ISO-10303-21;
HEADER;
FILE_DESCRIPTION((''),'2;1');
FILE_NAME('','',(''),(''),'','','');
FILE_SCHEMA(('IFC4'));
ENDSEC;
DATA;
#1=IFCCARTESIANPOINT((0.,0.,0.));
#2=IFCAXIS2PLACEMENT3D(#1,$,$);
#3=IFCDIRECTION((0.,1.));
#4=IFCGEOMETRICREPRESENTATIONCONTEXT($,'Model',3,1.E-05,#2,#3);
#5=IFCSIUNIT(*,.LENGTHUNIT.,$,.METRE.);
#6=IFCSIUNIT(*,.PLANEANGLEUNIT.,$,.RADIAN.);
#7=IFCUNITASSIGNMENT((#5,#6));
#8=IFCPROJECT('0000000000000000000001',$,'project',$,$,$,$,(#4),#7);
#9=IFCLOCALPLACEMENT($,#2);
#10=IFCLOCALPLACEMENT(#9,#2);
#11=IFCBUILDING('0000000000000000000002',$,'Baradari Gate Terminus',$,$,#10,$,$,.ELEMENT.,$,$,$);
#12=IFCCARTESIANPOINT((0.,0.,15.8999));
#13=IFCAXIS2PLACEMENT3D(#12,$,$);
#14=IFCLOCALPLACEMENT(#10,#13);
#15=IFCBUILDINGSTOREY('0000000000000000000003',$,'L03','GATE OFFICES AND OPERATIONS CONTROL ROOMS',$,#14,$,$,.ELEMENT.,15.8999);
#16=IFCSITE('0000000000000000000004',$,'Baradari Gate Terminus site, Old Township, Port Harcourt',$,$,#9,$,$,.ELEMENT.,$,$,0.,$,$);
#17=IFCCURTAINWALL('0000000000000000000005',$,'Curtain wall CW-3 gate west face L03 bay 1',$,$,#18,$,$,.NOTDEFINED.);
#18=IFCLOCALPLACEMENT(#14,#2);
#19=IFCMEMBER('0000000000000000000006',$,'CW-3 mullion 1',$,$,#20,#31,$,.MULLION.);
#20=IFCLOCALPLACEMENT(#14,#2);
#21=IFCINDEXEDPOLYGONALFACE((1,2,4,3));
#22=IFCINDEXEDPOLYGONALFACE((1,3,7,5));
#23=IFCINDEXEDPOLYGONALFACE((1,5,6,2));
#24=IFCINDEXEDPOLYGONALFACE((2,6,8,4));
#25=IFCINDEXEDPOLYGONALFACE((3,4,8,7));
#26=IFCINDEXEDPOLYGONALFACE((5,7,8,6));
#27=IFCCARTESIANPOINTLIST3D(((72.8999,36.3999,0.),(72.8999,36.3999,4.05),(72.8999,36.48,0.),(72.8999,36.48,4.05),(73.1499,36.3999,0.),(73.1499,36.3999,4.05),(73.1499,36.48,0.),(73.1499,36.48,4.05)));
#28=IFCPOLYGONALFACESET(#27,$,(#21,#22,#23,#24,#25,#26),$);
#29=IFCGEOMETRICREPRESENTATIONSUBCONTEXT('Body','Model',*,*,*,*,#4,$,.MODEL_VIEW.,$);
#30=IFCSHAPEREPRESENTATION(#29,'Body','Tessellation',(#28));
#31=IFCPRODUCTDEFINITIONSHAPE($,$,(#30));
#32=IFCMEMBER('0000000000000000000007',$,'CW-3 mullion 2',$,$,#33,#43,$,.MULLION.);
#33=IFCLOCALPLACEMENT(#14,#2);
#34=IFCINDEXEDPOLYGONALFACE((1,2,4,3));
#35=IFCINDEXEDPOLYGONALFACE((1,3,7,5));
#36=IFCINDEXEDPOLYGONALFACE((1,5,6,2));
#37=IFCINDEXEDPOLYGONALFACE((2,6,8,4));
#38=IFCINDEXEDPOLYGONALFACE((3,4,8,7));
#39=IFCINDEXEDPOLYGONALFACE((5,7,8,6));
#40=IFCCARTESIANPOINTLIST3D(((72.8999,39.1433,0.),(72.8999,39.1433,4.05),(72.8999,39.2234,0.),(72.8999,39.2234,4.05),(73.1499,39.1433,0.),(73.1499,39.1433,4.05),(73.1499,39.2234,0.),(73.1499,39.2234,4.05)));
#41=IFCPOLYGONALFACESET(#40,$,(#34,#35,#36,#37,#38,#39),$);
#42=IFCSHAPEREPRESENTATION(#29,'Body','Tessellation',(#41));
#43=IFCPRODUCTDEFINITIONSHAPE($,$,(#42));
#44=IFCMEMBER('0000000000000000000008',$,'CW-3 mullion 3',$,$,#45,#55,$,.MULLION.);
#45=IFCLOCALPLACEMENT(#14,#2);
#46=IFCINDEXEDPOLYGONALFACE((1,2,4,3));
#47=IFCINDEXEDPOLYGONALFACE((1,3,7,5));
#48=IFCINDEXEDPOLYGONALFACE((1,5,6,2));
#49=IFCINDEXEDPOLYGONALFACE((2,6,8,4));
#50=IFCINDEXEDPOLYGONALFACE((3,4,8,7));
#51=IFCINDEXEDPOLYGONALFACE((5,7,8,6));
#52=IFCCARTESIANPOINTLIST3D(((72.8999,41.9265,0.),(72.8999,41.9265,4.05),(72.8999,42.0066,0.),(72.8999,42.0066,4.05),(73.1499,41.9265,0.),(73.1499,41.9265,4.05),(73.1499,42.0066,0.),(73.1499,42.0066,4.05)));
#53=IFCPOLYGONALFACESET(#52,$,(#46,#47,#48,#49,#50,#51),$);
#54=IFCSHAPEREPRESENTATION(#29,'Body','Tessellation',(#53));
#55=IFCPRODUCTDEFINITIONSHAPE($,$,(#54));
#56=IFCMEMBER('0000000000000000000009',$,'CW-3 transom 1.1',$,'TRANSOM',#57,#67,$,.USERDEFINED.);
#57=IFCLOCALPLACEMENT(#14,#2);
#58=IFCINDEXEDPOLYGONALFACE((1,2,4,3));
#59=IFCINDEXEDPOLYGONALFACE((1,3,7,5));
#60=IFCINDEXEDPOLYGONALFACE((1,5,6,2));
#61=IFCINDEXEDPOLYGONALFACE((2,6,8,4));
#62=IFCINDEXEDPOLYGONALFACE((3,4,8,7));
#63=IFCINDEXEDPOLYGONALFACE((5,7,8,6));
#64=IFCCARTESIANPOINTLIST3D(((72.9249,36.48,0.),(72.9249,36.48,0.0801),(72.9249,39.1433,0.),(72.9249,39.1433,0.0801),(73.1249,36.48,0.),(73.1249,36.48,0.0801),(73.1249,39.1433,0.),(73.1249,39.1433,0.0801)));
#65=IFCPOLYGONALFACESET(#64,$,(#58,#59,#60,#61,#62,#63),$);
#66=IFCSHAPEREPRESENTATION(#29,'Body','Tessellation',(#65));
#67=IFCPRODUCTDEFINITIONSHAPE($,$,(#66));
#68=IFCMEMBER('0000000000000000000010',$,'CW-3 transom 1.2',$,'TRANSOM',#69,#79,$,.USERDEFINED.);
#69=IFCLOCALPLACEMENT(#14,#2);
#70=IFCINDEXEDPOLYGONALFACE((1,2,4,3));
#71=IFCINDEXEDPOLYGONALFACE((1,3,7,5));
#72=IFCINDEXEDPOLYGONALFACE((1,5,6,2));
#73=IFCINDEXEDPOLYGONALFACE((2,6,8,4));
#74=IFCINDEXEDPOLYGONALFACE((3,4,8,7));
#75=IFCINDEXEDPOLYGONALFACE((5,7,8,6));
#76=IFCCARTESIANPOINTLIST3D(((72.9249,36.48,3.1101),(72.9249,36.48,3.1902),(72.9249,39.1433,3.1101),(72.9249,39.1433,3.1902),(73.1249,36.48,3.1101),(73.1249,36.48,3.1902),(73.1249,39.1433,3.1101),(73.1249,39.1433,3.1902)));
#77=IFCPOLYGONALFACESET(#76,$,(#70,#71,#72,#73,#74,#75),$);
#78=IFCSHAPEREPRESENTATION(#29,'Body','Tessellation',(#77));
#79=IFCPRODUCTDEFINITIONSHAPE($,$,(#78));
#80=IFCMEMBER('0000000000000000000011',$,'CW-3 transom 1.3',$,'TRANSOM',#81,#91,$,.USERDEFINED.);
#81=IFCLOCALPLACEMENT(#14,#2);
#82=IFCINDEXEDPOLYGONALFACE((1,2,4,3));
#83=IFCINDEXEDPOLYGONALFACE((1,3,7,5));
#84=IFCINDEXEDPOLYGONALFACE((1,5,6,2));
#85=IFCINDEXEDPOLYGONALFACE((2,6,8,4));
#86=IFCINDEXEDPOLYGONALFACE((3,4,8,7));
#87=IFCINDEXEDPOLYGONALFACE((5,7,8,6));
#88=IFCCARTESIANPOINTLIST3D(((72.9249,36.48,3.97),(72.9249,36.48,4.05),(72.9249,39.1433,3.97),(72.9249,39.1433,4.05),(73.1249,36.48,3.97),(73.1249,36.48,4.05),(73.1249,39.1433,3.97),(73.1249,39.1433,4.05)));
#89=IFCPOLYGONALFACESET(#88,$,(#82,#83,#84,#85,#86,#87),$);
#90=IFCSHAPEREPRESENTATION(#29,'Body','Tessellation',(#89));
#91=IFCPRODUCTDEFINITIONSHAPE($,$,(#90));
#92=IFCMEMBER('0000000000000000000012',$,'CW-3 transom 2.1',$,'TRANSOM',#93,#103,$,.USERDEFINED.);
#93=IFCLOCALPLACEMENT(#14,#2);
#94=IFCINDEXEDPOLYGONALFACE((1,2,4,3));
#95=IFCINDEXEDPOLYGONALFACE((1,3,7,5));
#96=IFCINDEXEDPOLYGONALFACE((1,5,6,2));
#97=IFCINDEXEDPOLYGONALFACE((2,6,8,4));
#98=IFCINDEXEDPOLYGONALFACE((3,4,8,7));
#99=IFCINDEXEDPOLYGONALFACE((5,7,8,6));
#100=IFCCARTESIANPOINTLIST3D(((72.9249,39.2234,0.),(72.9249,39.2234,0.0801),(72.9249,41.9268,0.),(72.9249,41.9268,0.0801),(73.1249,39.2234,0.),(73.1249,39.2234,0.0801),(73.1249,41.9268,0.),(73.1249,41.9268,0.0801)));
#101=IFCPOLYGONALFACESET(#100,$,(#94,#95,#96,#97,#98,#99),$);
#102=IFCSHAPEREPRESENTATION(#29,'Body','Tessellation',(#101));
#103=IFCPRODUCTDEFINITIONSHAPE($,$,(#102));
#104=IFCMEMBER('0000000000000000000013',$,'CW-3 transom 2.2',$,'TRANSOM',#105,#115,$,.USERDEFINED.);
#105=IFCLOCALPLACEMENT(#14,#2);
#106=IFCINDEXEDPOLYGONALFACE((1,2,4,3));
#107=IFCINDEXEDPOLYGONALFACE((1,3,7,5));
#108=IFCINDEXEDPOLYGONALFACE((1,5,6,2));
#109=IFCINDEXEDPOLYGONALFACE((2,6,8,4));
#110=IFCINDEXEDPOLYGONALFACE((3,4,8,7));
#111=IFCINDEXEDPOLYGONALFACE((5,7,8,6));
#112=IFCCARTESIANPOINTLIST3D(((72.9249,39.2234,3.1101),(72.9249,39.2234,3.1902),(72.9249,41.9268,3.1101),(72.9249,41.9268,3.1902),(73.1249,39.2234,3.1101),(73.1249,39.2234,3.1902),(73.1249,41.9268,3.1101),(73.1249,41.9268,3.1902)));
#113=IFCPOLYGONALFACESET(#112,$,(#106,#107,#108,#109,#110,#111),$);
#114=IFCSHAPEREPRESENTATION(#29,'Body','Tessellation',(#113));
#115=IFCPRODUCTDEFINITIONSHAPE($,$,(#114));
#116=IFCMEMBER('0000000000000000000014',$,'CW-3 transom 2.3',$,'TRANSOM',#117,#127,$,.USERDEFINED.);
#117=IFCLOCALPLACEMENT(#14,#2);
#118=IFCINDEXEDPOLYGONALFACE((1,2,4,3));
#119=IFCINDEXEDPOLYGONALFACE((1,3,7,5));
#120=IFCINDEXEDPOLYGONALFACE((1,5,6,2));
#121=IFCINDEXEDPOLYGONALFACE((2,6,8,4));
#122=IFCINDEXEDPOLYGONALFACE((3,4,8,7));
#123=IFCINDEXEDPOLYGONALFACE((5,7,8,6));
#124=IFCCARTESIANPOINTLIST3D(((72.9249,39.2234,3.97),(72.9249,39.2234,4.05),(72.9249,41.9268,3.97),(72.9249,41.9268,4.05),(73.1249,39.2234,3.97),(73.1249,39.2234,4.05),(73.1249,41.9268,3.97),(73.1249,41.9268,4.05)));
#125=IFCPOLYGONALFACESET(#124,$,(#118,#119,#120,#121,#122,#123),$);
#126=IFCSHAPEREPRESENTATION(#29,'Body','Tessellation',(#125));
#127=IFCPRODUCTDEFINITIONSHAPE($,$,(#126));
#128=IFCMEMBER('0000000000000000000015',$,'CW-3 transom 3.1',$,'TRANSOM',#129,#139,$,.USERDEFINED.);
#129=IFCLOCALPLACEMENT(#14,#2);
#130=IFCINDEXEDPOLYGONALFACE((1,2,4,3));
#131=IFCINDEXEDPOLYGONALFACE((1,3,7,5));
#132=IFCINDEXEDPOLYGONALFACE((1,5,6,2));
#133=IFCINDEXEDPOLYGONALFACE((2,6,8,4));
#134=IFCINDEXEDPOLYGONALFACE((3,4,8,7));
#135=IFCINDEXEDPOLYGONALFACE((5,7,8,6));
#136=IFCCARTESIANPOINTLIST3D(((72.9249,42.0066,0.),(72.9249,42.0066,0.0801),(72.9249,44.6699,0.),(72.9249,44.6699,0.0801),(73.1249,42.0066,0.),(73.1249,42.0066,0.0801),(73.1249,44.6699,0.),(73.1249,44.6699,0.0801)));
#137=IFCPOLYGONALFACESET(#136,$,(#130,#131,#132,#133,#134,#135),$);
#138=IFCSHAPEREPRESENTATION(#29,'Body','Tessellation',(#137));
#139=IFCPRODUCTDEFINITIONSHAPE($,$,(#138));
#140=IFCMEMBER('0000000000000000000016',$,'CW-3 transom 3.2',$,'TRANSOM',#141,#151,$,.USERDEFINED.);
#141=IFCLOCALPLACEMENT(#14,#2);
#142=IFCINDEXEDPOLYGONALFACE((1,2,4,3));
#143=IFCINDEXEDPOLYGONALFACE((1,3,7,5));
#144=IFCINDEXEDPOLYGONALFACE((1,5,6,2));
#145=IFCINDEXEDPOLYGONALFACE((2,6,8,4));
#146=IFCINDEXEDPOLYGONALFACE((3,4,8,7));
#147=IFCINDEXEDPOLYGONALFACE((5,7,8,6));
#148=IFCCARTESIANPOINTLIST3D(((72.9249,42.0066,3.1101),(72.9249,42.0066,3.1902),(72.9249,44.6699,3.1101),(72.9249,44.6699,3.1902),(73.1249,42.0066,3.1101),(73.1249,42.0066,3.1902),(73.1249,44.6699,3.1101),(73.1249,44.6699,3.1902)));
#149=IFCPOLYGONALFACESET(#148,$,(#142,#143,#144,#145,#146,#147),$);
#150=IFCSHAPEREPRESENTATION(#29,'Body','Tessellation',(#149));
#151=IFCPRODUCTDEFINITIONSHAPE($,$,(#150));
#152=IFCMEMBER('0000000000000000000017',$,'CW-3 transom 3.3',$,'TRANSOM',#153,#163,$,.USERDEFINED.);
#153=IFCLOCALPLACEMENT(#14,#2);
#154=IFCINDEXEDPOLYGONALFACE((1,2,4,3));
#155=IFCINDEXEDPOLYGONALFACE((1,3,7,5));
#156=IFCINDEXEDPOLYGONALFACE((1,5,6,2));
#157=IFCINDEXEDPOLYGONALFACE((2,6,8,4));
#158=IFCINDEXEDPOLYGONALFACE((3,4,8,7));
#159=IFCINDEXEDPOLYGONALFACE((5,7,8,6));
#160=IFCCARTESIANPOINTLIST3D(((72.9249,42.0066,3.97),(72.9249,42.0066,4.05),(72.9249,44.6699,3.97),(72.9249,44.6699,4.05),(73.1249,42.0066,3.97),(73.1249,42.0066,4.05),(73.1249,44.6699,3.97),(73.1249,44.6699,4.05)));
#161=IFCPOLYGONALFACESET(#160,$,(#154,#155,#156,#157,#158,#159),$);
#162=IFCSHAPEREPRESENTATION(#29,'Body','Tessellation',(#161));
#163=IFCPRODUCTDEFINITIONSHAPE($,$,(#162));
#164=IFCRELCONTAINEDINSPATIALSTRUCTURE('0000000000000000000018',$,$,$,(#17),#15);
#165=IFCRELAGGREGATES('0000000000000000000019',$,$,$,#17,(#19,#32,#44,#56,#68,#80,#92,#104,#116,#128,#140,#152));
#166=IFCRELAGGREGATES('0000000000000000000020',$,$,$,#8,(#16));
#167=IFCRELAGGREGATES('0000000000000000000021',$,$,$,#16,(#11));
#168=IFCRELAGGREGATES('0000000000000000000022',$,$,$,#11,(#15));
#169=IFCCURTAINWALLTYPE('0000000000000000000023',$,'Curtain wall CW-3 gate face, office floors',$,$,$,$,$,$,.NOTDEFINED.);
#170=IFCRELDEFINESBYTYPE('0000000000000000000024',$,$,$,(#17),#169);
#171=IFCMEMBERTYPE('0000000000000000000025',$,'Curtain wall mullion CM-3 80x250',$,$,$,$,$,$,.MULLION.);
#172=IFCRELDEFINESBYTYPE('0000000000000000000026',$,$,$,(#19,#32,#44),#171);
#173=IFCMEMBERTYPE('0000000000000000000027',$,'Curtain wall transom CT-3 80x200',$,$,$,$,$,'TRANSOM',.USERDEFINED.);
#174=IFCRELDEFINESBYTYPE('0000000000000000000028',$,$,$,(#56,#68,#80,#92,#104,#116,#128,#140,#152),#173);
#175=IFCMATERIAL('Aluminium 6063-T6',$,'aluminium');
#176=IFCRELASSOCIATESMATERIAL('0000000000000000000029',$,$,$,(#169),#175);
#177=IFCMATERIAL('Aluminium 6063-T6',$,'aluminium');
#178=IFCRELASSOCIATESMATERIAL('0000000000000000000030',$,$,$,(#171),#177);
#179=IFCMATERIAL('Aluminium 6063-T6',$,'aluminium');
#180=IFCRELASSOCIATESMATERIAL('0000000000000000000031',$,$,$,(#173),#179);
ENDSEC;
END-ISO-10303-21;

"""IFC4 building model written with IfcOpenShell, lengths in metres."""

from ifc_helpers import new_model, si_unit, direction, frame, origin, origin_2d, place, context, subcontext, project, spatial, rectangle, extrude, material, material_profile, profile_set, type_object, element, aggregate, save


model = new_model("IFC4")

# Units and contexts
model_context = context("Model", 3, precision=1e-05, world=origin(), true_north=direction((0.0, 1.0)))
body_context = subcontext(model_context, "Body", "Model", "MODEL_VIEW")
ifc_project = project(units=[si_unit("LENGTHUNIT", "METRE"), si_unit("PLANEANGLEUNIT", "RADIAN")], contexts=[model_context])

# Site, building, storey
site_placement = place(None, origin())
site = spatial("IfcSite", under=ifc_project, at=site_placement, Name="Baradari Gate Terminus site, Old Township, Port Harcourt", CompositionType="ELEMENT", RefElevation=0.0)
building_placement = place(site_placement, origin())
building = spatial("IfcBuilding", under=site, at=building_placement, Name="Baradari Gate Terminus", CompositionType="ELEMENT")
storey_placement = place(building_placement, frame((0.0, 0.0, 15.8999)))
storey = spatial("IfcBuildingStorey", under=building, at=storey_placement, Name="L03", Description="GATE OFFICES AND OPERATIONS CONTROL ROOMS", CompositionType="ELEMENT", Elevation=15.8999)

# Curtain wall, members
ifc_material_1 = material(Name="Aluminium 6063-T6", Category="aluminium")
curtain_wall_type = type_object("IfcCurtainWallType", Name="Curtain wall CW-3 gate face, office floors", PredefinedType="NOTDEFINED", material=ifc_material_1)
curtain_wall_placement = place(storey_placement, origin())
curtain_wall = element("IfcCurtainWall", 1, at=curtain_wall_placement, inside=storey, type_object=curtain_wall_type, Name="Curtain wall CW-3 gate west face L03 bay 1", PredefinedType="NOTDEFINED")
ifc_material_2 = material(Name="Aluminium 6063-T6", Category="aluminium")
ifc_material_profile_1 = material_profile(ifc_material_2, rectangle(XDim=0.25, YDim=0.0801, at=origin_2d()), Name="CM-3 80X250")
ifc_profile_set_1 = profile_set([ifc_material_profile_1], Name="Aluminium 6063-T6")
member_type_1 = type_object("IfcMemberType", Name="Curtain wall mullion CM-3 80x250", PredefinedType="MULLION", material=ifc_profile_set_1)
member_1_placement = place(storey_placement, frame((73.0249, 36.4399, 0.0), z_axis=(0.0, 0.0, 1.0), x_axis=(-1.0, 0.0, 0.0)))
member_1 = element("IfcMember", 2, at=member_1_placement, type_object=member_type_1, Name="CW-3 mullion 1", PredefinedType="MULLION", context=body_context, shape_type="SweptSolid", body=[
    extrude(rectangle(XDim=0.25, YDim=0.0801, at=origin_2d()), origin(), (0.0, 0.0, 1.0), 4.05),
])
member_2_placement = place(storey_placement, frame((73.0249, 39.1833, 0.0), z_axis=(0.0, 0.0, 1.0), x_axis=(-1.0, 0.0, 0.0)))
member_2 = element("IfcMember", 3, at=member_2_placement, type_object=member_type_1, Name="CW-3 mullion 2", PredefinedType="MULLION", context=body_context, shape_type="SweptSolid", body=[
    extrude(rectangle(XDim=0.25, YDim=0.0801, at=origin_2d()), origin(), (0.0, 0.0, 1.0), 4.05),
])
member_3_placement = place(storey_placement, frame((73.0249, 41.9666, 0.0), z_axis=(0.0, 0.0, 1.0), x_axis=(-1.0, 0.0, 0.0)))
member_3 = element("IfcMember", 4, at=member_3_placement, type_object=member_type_1, Name="CW-3 mullion 3", PredefinedType="MULLION", context=body_context, shape_type="SweptSolid", body=[
    extrude(rectangle(XDim=0.25, YDim=0.0801, at=origin_2d()), origin(), (0.0, 0.0, 1.0), 4.05),
])
ifc_material_3 = material(Name="Aluminium 6063-T6", Category="aluminium")
ifc_material_profile_2 = material_profile(ifc_material_3, rectangle(XDim=0.2, YDim=0.0801, at=origin_2d()), Name="CT-3 80X200")
ifc_profile_set_2 = profile_set([ifc_material_profile_2], Name="Aluminium 6063-T6")
member_type_2 = type_object("IfcMemberType", Name="Curtain wall transom CT-3 80x200", ElementType="TRANSOM", PredefinedType="USERDEFINED", material=ifc_profile_set_2)
member_4_placement = place(storey_placement, frame((73.0249, 36.48, 0.04), z_axis=(0.0, 1.0, 0.0), x_axis=(-1.0, 0.0, 0.0)))
member_4 = element("IfcMember", 5, at=member_4_placement, type_object=member_type_2, Name="CW-3 transom 1.1", ObjectType="TRANSOM", PredefinedType="USERDEFINED", context=body_context, shape_type="SweptSolid", body=[
    extrude(rectangle(XDim=0.2, YDim=0.0801, at=origin_2d()), origin(), (0.0, 0.0, 1.0), 2.6633),
])
member_5_placement = place(storey_placement, frame((73.0249, 36.48, 3.1501), z_axis=(0.0, 1.0, 0.0), x_axis=(-1.0, 0.0, 0.0)))
member_5 = element("IfcMember", 6, at=member_5_placement, type_object=member_type_2, Name="CW-3 transom 1.2", ObjectType="TRANSOM", PredefinedType="USERDEFINED", context=body_context, shape_type="SweptSolid", body=[
    extrude(rectangle(XDim=0.2, YDim=0.0801, at=origin_2d()), origin(), (0.0, 0.0, 1.0), 2.6633),
])
member_6_placement = place(storey_placement, frame((73.0249, 36.48, 4.01), z_axis=(0.0, 1.0, 0.0), x_axis=(-1.0, 0.0, 0.0)))
member_6 = element("IfcMember", 7, at=member_6_placement, type_object=member_type_2, Name="CW-3 transom 1.3", ObjectType="TRANSOM", PredefinedType="USERDEFINED", context=body_context, shape_type="SweptSolid", body=[
    extrude(rectangle(XDim=0.2, YDim=0.0801, at=origin_2d()), origin(), (0.0, 0.0, 1.0), 2.6633),
])
member_7_placement = place(storey_placement, frame((73.0249, 39.2234, 0.04), z_axis=(0.0, 1.0, 0.0), x_axis=(-1.0, 0.0, 0.0)))
member_7 = element("IfcMember", 8, at=member_7_placement, type_object=member_type_2, Name="CW-3 transom 2.1", ObjectType="TRANSOM", PredefinedType="USERDEFINED", context=body_context, shape_type="SweptSolid", body=[
    extrude(rectangle(XDim=0.2, YDim=0.0801, at=origin_2d()), origin(), (0.0, 0.0, 1.0), 2.7034),
])
member_8_placement = place(storey_placement, frame((73.0249, 39.2234, 3.1501), z_axis=(0.0, 1.0, 0.0), x_axis=(-1.0, 0.0, 0.0)))
member_8 = element("IfcMember", 9, at=member_8_placement, type_object=member_type_2, Name="CW-3 transom 2.2", ObjectType="TRANSOM", PredefinedType="USERDEFINED", context=body_context, shape_type="SweptSolid", body=[
    extrude(rectangle(XDim=0.2, YDim=0.0801, at=origin_2d()), origin(), (0.0, 0.0, 1.0), 2.7034),
])
member_9_placement = place(storey_placement, frame((73.0249, 39.2234, 4.01), z_axis=(0.0, 1.0, 0.0), x_axis=(-1.0, 0.0, 0.0)))
member_9 = element("IfcMember", 10, at=member_9_placement, type_object=member_type_2, Name="CW-3 transom 2.3", ObjectType="TRANSOM", PredefinedType="USERDEFINED", context=body_context, shape_type="SweptSolid", body=[
    extrude(rectangle(XDim=0.2, YDim=0.0801, at=origin_2d()), origin(), (0.0, 0.0, 1.0), 2.7034),
])
member_10_placement = place(storey_placement, frame((73.0249, 42.0066, 0.04), z_axis=(0.0, 1.0, 0.0), x_axis=(-1.0, 0.0, 0.0)))
member_10 = element("IfcMember", 11, at=member_10_placement, type_object=member_type_2, Name="CW-3 transom 3.1", ObjectType="TRANSOM", PredefinedType="USERDEFINED", context=body_context, shape_type="SweptSolid", body=[
    extrude(rectangle(XDim=0.2, YDim=0.0801, at=origin_2d()), origin(), (0.0, 0.0, 1.0), 2.6633),
])
member_11_placement = place(storey_placement, frame((73.0249, 42.0066, 3.1501), z_axis=(0.0, 1.0, 0.0), x_axis=(-1.0, 0.0, 0.0)))
member_11 = element("IfcMember", 12, at=member_11_placement, type_object=member_type_2, Name="CW-3 transom 3.2", ObjectType="TRANSOM", PredefinedType="USERDEFINED", context=body_context, shape_type="SweptSolid", body=[
    extrude(rectangle(XDim=0.2, YDim=0.0801, at=origin_2d()), origin(), (0.0, 0.0, 1.0), 2.6633),
])
member_12_placement = place(storey_placement, frame((73.0249, 42.0066, 4.01), z_axis=(0.0, 1.0, 0.0), x_axis=(-1.0, 0.0, 0.0)))
member_12 = element("IfcMember", 13, at=member_12_placement, type_object=member_type_2, Name="CW-3 transom 3.3", ObjectType="TRANSOM", PredefinedType="USERDEFINED", context=body_context, shape_type="SweptSolid", body=[
    extrude(rectangle(XDim=0.2, YDim=0.0801, at=origin_2d()), origin(), (0.0, 0.0, 1.0), 2.6633),
])

aggregate(curtain_wall, [member_1, member_2, member_3, member_4, member_5, member_6, member_7, member_8, member_9, member_10, member_11, member_12])

save(model, "model.ifc")
